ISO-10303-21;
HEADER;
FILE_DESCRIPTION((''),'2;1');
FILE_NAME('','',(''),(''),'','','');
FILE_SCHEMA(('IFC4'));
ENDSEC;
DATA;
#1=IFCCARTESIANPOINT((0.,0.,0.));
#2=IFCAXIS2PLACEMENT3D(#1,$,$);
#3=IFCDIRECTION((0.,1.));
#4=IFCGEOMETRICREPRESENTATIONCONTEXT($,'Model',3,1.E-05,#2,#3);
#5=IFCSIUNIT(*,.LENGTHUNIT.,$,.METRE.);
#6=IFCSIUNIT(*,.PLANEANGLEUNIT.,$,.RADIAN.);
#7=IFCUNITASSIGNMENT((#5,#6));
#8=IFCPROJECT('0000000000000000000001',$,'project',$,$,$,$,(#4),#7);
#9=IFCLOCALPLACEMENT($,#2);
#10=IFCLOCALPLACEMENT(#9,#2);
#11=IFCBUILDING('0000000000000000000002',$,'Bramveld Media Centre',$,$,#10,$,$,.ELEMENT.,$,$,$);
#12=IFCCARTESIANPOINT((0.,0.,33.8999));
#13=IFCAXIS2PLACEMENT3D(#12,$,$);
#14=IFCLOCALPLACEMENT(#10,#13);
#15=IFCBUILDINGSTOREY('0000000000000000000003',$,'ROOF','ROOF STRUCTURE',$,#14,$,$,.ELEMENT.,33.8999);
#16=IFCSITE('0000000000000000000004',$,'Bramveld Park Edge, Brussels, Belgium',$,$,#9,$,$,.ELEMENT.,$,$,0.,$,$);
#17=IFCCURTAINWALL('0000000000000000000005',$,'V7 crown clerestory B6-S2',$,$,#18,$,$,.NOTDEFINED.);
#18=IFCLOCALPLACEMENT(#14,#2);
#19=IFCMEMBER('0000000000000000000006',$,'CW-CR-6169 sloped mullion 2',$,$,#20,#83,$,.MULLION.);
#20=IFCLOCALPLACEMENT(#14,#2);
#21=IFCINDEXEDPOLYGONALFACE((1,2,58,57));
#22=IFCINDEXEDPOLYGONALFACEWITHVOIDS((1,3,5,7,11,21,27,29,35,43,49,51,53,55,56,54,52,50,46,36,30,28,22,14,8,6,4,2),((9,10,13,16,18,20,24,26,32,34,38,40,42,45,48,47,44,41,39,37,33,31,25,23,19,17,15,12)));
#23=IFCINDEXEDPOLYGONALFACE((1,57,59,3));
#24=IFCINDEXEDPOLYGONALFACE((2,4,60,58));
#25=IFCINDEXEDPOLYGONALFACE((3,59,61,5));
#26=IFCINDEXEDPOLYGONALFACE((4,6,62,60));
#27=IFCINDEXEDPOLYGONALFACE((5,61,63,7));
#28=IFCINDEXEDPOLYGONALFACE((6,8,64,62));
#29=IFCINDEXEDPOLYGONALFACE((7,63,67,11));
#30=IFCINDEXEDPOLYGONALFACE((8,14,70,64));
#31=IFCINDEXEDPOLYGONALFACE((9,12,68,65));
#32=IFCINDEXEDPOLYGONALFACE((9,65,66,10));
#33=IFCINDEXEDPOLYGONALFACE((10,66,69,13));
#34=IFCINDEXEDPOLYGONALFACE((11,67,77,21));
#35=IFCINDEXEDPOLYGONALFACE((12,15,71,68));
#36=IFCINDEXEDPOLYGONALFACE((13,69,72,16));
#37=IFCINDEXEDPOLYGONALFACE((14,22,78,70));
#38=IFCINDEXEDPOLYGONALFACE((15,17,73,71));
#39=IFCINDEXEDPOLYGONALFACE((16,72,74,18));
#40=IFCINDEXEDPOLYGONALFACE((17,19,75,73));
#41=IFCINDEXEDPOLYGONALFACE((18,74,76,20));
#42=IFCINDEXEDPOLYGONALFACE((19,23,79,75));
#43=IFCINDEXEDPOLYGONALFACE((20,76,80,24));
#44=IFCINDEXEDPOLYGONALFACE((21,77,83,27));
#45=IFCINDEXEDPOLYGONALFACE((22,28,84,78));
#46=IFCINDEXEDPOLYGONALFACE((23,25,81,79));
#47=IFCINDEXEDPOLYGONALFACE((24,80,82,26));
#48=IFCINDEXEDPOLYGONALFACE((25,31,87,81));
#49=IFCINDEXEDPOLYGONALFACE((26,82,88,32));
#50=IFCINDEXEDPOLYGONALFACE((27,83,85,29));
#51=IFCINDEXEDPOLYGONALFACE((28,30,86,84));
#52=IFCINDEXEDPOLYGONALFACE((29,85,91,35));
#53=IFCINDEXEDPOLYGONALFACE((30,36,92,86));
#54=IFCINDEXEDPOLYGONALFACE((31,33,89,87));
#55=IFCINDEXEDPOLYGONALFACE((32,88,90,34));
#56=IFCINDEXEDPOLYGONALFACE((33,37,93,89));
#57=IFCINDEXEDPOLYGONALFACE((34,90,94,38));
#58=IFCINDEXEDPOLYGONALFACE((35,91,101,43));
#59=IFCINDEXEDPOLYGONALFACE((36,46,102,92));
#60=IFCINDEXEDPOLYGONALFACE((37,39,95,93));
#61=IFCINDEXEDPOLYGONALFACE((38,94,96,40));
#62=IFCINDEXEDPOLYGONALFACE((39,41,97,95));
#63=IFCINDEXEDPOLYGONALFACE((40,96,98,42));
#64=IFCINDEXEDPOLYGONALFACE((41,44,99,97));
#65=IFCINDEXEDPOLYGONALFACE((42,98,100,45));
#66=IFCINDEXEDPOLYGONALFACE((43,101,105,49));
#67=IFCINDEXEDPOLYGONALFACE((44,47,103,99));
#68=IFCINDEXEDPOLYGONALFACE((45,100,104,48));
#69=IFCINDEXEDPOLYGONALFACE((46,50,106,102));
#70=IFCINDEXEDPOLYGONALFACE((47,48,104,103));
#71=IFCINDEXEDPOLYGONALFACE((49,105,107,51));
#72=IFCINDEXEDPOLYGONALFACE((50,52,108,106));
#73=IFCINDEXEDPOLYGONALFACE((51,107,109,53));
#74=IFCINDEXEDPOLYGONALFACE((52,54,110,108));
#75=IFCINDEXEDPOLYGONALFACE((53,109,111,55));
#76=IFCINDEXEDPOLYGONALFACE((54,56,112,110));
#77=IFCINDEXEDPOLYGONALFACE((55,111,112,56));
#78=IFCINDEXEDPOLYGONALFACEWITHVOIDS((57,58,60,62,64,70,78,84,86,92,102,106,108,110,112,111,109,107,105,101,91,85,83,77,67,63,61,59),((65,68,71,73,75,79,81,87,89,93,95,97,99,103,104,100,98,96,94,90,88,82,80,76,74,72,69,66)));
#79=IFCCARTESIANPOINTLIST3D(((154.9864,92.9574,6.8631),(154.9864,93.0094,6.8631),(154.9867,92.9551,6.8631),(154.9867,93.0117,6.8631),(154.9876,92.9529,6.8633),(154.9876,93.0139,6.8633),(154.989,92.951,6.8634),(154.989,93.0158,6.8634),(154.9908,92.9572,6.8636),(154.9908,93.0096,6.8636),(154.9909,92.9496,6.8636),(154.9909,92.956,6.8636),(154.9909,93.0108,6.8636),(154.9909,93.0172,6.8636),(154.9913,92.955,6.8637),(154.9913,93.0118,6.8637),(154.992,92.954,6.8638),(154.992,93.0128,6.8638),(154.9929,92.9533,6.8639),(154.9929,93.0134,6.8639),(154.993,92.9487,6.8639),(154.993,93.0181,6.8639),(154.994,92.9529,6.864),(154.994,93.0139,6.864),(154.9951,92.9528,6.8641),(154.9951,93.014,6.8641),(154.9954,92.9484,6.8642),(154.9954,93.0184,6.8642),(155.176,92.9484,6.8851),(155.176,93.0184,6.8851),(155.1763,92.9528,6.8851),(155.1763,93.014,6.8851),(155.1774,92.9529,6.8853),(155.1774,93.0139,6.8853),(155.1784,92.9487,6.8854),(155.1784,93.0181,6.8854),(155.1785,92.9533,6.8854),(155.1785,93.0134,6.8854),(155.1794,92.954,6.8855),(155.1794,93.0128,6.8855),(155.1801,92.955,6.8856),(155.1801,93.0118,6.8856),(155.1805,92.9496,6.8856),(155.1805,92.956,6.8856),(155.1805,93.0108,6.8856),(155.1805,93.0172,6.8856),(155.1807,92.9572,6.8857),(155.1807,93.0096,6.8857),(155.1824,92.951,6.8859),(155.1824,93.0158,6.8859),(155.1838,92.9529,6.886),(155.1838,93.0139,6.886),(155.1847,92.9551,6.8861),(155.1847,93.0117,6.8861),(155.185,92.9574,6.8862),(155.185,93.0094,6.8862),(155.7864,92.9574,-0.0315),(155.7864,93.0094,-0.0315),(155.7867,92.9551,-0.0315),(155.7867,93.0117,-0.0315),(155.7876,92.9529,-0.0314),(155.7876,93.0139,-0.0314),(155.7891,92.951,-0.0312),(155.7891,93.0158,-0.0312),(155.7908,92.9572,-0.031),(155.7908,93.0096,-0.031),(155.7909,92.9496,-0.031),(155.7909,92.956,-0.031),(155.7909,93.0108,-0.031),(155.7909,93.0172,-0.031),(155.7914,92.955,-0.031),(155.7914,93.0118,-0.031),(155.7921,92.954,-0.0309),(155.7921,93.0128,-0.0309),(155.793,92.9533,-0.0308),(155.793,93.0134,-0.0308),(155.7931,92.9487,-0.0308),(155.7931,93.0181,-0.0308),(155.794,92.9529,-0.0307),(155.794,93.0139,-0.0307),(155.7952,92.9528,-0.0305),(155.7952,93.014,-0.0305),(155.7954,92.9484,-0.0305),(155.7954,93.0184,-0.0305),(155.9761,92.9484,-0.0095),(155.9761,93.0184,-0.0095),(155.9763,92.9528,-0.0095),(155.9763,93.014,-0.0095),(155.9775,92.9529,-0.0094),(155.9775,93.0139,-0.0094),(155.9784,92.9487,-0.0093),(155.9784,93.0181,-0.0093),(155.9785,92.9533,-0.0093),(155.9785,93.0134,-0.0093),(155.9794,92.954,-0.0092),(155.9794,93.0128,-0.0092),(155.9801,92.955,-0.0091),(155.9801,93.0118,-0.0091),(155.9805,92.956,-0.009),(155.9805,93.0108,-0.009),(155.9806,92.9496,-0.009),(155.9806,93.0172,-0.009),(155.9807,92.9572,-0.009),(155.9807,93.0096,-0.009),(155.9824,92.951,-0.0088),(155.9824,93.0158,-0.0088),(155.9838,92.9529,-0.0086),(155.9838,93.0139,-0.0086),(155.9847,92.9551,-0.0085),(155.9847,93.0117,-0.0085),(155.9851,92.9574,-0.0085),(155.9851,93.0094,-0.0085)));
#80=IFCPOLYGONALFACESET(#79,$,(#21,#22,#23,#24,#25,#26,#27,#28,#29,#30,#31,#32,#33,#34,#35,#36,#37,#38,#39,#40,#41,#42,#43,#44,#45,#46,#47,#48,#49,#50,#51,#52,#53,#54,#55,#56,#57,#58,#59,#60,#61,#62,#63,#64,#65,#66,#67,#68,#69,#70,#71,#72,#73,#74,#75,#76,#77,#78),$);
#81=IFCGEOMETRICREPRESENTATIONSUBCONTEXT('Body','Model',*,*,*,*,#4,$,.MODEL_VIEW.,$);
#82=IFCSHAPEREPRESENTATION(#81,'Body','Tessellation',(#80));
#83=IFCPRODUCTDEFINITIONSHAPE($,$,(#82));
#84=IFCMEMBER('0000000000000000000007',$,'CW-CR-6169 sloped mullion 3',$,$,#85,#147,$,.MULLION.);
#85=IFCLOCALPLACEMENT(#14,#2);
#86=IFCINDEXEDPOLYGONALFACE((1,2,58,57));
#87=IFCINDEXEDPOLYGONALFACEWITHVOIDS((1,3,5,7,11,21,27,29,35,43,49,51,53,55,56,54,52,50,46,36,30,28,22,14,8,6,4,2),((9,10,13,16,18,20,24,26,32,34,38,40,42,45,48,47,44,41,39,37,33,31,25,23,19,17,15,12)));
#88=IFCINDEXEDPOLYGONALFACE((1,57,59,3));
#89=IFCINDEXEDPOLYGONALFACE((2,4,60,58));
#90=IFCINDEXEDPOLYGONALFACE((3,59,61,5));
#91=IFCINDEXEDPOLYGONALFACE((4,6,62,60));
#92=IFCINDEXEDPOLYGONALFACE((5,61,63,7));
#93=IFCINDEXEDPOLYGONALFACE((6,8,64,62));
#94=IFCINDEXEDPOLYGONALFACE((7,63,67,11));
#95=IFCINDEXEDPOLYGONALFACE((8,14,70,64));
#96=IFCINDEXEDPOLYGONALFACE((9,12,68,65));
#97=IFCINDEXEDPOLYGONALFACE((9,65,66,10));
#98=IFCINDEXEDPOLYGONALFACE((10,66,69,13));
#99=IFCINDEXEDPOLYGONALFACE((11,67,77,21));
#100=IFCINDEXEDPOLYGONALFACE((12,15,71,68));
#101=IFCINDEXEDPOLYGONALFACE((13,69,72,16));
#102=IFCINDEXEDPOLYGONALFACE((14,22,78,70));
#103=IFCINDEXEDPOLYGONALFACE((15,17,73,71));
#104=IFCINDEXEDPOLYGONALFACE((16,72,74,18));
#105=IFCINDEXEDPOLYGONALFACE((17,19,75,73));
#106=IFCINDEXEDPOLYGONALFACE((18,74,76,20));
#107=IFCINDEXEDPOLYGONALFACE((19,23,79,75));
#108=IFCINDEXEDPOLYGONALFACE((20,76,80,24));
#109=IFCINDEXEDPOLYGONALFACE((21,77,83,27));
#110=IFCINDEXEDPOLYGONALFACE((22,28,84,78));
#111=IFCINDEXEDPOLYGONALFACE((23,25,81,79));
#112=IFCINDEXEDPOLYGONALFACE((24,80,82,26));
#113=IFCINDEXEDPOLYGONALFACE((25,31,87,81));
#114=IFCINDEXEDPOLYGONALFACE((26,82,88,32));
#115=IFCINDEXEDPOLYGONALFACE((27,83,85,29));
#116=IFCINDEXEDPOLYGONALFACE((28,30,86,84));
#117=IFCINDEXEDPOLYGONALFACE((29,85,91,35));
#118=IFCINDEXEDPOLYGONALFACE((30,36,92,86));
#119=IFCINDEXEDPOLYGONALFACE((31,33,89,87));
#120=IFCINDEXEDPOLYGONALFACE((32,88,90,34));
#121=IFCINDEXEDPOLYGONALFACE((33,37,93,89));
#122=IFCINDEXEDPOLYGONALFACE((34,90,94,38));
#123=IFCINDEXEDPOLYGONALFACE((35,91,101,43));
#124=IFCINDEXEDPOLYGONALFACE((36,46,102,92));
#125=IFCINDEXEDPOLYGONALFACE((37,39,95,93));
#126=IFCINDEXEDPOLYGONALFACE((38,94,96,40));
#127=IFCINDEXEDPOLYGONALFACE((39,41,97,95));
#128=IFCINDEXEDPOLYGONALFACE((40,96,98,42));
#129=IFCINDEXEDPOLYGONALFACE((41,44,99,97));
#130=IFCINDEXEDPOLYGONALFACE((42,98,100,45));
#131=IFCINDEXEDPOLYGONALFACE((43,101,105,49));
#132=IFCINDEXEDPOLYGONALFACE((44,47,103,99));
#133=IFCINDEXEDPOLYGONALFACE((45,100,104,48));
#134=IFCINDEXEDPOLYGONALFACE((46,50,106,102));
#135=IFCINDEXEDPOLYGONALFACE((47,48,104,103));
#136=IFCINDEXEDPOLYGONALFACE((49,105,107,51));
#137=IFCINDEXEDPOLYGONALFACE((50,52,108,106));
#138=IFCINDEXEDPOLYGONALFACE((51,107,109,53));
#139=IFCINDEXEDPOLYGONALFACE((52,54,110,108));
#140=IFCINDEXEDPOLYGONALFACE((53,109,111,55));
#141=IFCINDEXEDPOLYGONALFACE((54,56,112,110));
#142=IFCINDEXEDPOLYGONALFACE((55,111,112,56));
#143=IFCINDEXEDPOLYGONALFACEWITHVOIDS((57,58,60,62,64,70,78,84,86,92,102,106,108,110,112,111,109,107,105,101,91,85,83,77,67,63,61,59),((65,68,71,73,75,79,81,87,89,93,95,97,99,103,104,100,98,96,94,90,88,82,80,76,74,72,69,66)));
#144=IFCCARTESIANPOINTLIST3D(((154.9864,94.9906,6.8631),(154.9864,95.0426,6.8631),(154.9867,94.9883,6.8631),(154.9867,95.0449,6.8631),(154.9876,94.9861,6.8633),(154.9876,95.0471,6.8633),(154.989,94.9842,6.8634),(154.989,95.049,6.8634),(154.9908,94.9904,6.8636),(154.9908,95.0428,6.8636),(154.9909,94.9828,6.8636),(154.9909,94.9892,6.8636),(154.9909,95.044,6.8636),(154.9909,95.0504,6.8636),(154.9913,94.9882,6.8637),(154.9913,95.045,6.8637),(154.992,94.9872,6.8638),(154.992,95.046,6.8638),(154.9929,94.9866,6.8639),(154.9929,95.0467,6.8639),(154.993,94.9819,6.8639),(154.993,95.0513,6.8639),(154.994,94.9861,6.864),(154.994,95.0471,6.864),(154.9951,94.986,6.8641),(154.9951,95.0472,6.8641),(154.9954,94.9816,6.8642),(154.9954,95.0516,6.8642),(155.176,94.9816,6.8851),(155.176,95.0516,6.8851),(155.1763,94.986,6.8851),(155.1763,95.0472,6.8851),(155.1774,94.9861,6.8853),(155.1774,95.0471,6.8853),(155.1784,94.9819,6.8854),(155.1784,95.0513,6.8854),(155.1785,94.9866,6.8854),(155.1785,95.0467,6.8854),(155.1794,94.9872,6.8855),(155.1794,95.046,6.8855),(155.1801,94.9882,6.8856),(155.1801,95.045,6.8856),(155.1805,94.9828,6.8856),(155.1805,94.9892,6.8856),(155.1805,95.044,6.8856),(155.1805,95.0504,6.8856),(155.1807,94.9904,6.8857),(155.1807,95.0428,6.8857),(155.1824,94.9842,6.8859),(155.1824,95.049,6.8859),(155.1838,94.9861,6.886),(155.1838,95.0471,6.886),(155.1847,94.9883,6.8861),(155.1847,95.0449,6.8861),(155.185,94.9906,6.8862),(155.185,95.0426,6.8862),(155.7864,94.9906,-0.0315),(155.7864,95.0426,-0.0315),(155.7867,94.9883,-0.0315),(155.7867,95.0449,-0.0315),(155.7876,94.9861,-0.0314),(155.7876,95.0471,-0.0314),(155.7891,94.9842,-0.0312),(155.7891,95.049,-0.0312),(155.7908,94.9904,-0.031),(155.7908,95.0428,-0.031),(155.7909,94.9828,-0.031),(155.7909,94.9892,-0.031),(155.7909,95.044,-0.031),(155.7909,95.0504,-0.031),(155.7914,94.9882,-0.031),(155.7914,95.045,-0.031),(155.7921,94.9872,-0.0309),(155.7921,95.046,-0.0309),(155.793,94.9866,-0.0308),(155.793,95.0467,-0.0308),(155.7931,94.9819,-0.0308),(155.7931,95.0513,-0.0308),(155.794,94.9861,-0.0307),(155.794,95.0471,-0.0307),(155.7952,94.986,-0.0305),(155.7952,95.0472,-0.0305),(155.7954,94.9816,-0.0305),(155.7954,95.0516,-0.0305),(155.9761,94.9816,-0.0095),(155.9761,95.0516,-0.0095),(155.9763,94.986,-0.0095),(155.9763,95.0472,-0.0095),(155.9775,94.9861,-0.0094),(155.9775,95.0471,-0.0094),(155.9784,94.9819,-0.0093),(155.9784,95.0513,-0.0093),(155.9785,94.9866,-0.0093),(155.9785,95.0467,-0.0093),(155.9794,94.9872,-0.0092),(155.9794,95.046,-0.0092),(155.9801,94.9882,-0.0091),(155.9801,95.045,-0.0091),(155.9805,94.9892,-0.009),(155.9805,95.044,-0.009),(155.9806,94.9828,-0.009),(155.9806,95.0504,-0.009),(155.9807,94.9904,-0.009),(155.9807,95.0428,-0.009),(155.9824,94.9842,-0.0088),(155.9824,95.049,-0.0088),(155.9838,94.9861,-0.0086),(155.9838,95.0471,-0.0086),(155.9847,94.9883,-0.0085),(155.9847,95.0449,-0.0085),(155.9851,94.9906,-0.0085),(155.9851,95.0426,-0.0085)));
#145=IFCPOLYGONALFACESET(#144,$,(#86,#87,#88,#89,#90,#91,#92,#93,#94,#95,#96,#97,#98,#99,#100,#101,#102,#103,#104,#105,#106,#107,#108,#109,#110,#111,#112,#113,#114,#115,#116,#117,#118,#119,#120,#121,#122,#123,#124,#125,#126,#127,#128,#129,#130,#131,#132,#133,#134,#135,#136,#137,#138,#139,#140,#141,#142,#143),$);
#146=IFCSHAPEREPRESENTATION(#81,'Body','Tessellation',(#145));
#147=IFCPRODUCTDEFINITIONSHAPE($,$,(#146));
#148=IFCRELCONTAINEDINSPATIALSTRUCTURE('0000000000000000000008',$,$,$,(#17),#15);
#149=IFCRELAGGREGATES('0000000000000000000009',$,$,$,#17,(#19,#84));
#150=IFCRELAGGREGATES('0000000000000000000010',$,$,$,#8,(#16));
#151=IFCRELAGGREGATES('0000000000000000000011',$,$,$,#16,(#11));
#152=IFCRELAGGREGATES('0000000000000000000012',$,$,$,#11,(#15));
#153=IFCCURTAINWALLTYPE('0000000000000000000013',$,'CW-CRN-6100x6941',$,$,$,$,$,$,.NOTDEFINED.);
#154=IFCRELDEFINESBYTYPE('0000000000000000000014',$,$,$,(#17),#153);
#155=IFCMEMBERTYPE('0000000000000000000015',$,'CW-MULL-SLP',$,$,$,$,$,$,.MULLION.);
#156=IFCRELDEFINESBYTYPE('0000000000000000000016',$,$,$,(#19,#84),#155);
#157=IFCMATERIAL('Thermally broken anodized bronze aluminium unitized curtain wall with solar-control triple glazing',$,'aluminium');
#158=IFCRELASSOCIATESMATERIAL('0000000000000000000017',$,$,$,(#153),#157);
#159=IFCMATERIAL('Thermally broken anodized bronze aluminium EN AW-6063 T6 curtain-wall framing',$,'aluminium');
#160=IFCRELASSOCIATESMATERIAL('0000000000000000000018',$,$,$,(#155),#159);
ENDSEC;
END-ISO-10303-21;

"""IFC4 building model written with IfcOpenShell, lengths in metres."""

from ifc_helpers import new_model, si_unit, direction, frame, origin, origin_2d, place, context, subcontext, project, spatial, hollow_rectangle, extrude, material, material_profile, profile_set, type_object, element, aggregate, save


model = new_model("IFC4")

# Units and contexts
model_context = context("Model", 3, precision=1e-05, world=origin(), true_north=direction((0.0, 1.0)))
body_context = subcontext(model_context, "Body", "Model", "MODEL_VIEW")
ifc_project = project(units=[si_unit("LENGTHUNIT", "METRE"), si_unit("PLANEANGLEUNIT", "RADIAN")], contexts=[model_context])

# Site, building, storey
site_placement = place(None, origin())
site = spatial("IfcSite", under=ifc_project, at=site_placement, Name="Bramveld Park Edge, Brussels, Belgium", CompositionType="ELEMENT", RefElevation=0.0)
building_placement = place(site_placement, origin())
building = spatial("IfcBuilding", under=site, at=building_placement, Name="Bramveld Media Centre", CompositionType="ELEMENT")
storey_placement = place(building_placement, frame((0.0, 0.0, 33.8999)))
storey = spatial("IfcBuildingStorey", under=building, at=storey_placement, Name="ROOF", Description="ROOF STRUCTURE", CompositionType="ELEMENT", Elevation=33.8999)

# Curtain wall, members
ifc_material_1 = material(Name="Thermally broken anodized bronze aluminium unitized curtain wall with solar-control triple glazing", Category="aluminium")
curtain_wall_type = type_object("IfcCurtainWallType", Name="CW-CRN-6100x6941", PredefinedType="NOTDEFINED", material=ifc_material_1)
curtain_wall_1_placement = place(storey_placement, origin())
curtain_wall_1 = element("IfcCurtainWall", 1, at=curtain_wall_1_placement, inside=storey, type_object=curtain_wall_type, Name="V7 crown clerestory B6-S2", PredefinedType="NOTDEFINED")
ifc_material_2 = material(Name="Thermally broken anodized bronze aluminium EN AW-6063 T6 curtain-wall framing", Category="aluminium")
ifc_material_profile_1 = material_profile(ifc_material_2, hollow_rectangle(XDim=0.0701, YDim=0.2, WallThickness=0.0044, InnerFilletRadius=0.0044, OuterFilletRadius=0.009, at=origin_2d()), Name="AL-MULL 70x200")
ifc_profile_set_1 = profile_set([ifc_material_profile_1], Name="Thermally broken anodized bronze aluminium EN AW-6063 T6 curtain-wall framing")
member_type_1 = type_object("IfcMemberType", Name="CW-MULL-SLP", PredefinedType="MULLION", material=ifc_profile_set_1)
member_1_placement = place(storey_placement, frame((155.8857, 92.9834, -0.02), z_axis=(-0.115264, 0.0, 0.993335), x_axis=(0.0, -1.0, 0.0)))
member_1 = element("IfcMember", 2, at=member_1_placement, type_object=member_type_1, Name="CW-CR-6169 sloped mullion 2", PredefinedType="MULLION", context=body_context, shape_type="SweptSolid", body=[
    extrude(hollow_rectangle(XDim=0.0701, YDim=0.2, WallThickness=0.0044, InnerFilletRadius=0.0044, OuterFilletRadius=0.009, at=origin_2d()), origin(), (0.0, 0.0, 1.0), 6.9409),
])
member_2_placement = place(storey_placement, frame((155.8857, 95.0166, -0.02), z_axis=(-0.115264, 0.0, 0.993335), x_axis=(0.0, -1.0, 0.0)))
member_2 = element("IfcMember", 3, at=member_2_placement, type_object=member_type_1, Name="CW-CR-6169 sloped mullion 3", PredefinedType="MULLION", context=body_context, shape_type="SweptSolid", body=[
    extrude(hollow_rectangle(XDim=0.0701, YDim=0.2, WallThickness=0.0044, InnerFilletRadius=0.0044, OuterFilletRadius=0.009, at=origin_2d()), origin(), (0.0, 0.0, 1.0), 6.9409),
])

aggregate(curtain_wall_1, [member_1, member_2])

save(model, "model.ifc")
